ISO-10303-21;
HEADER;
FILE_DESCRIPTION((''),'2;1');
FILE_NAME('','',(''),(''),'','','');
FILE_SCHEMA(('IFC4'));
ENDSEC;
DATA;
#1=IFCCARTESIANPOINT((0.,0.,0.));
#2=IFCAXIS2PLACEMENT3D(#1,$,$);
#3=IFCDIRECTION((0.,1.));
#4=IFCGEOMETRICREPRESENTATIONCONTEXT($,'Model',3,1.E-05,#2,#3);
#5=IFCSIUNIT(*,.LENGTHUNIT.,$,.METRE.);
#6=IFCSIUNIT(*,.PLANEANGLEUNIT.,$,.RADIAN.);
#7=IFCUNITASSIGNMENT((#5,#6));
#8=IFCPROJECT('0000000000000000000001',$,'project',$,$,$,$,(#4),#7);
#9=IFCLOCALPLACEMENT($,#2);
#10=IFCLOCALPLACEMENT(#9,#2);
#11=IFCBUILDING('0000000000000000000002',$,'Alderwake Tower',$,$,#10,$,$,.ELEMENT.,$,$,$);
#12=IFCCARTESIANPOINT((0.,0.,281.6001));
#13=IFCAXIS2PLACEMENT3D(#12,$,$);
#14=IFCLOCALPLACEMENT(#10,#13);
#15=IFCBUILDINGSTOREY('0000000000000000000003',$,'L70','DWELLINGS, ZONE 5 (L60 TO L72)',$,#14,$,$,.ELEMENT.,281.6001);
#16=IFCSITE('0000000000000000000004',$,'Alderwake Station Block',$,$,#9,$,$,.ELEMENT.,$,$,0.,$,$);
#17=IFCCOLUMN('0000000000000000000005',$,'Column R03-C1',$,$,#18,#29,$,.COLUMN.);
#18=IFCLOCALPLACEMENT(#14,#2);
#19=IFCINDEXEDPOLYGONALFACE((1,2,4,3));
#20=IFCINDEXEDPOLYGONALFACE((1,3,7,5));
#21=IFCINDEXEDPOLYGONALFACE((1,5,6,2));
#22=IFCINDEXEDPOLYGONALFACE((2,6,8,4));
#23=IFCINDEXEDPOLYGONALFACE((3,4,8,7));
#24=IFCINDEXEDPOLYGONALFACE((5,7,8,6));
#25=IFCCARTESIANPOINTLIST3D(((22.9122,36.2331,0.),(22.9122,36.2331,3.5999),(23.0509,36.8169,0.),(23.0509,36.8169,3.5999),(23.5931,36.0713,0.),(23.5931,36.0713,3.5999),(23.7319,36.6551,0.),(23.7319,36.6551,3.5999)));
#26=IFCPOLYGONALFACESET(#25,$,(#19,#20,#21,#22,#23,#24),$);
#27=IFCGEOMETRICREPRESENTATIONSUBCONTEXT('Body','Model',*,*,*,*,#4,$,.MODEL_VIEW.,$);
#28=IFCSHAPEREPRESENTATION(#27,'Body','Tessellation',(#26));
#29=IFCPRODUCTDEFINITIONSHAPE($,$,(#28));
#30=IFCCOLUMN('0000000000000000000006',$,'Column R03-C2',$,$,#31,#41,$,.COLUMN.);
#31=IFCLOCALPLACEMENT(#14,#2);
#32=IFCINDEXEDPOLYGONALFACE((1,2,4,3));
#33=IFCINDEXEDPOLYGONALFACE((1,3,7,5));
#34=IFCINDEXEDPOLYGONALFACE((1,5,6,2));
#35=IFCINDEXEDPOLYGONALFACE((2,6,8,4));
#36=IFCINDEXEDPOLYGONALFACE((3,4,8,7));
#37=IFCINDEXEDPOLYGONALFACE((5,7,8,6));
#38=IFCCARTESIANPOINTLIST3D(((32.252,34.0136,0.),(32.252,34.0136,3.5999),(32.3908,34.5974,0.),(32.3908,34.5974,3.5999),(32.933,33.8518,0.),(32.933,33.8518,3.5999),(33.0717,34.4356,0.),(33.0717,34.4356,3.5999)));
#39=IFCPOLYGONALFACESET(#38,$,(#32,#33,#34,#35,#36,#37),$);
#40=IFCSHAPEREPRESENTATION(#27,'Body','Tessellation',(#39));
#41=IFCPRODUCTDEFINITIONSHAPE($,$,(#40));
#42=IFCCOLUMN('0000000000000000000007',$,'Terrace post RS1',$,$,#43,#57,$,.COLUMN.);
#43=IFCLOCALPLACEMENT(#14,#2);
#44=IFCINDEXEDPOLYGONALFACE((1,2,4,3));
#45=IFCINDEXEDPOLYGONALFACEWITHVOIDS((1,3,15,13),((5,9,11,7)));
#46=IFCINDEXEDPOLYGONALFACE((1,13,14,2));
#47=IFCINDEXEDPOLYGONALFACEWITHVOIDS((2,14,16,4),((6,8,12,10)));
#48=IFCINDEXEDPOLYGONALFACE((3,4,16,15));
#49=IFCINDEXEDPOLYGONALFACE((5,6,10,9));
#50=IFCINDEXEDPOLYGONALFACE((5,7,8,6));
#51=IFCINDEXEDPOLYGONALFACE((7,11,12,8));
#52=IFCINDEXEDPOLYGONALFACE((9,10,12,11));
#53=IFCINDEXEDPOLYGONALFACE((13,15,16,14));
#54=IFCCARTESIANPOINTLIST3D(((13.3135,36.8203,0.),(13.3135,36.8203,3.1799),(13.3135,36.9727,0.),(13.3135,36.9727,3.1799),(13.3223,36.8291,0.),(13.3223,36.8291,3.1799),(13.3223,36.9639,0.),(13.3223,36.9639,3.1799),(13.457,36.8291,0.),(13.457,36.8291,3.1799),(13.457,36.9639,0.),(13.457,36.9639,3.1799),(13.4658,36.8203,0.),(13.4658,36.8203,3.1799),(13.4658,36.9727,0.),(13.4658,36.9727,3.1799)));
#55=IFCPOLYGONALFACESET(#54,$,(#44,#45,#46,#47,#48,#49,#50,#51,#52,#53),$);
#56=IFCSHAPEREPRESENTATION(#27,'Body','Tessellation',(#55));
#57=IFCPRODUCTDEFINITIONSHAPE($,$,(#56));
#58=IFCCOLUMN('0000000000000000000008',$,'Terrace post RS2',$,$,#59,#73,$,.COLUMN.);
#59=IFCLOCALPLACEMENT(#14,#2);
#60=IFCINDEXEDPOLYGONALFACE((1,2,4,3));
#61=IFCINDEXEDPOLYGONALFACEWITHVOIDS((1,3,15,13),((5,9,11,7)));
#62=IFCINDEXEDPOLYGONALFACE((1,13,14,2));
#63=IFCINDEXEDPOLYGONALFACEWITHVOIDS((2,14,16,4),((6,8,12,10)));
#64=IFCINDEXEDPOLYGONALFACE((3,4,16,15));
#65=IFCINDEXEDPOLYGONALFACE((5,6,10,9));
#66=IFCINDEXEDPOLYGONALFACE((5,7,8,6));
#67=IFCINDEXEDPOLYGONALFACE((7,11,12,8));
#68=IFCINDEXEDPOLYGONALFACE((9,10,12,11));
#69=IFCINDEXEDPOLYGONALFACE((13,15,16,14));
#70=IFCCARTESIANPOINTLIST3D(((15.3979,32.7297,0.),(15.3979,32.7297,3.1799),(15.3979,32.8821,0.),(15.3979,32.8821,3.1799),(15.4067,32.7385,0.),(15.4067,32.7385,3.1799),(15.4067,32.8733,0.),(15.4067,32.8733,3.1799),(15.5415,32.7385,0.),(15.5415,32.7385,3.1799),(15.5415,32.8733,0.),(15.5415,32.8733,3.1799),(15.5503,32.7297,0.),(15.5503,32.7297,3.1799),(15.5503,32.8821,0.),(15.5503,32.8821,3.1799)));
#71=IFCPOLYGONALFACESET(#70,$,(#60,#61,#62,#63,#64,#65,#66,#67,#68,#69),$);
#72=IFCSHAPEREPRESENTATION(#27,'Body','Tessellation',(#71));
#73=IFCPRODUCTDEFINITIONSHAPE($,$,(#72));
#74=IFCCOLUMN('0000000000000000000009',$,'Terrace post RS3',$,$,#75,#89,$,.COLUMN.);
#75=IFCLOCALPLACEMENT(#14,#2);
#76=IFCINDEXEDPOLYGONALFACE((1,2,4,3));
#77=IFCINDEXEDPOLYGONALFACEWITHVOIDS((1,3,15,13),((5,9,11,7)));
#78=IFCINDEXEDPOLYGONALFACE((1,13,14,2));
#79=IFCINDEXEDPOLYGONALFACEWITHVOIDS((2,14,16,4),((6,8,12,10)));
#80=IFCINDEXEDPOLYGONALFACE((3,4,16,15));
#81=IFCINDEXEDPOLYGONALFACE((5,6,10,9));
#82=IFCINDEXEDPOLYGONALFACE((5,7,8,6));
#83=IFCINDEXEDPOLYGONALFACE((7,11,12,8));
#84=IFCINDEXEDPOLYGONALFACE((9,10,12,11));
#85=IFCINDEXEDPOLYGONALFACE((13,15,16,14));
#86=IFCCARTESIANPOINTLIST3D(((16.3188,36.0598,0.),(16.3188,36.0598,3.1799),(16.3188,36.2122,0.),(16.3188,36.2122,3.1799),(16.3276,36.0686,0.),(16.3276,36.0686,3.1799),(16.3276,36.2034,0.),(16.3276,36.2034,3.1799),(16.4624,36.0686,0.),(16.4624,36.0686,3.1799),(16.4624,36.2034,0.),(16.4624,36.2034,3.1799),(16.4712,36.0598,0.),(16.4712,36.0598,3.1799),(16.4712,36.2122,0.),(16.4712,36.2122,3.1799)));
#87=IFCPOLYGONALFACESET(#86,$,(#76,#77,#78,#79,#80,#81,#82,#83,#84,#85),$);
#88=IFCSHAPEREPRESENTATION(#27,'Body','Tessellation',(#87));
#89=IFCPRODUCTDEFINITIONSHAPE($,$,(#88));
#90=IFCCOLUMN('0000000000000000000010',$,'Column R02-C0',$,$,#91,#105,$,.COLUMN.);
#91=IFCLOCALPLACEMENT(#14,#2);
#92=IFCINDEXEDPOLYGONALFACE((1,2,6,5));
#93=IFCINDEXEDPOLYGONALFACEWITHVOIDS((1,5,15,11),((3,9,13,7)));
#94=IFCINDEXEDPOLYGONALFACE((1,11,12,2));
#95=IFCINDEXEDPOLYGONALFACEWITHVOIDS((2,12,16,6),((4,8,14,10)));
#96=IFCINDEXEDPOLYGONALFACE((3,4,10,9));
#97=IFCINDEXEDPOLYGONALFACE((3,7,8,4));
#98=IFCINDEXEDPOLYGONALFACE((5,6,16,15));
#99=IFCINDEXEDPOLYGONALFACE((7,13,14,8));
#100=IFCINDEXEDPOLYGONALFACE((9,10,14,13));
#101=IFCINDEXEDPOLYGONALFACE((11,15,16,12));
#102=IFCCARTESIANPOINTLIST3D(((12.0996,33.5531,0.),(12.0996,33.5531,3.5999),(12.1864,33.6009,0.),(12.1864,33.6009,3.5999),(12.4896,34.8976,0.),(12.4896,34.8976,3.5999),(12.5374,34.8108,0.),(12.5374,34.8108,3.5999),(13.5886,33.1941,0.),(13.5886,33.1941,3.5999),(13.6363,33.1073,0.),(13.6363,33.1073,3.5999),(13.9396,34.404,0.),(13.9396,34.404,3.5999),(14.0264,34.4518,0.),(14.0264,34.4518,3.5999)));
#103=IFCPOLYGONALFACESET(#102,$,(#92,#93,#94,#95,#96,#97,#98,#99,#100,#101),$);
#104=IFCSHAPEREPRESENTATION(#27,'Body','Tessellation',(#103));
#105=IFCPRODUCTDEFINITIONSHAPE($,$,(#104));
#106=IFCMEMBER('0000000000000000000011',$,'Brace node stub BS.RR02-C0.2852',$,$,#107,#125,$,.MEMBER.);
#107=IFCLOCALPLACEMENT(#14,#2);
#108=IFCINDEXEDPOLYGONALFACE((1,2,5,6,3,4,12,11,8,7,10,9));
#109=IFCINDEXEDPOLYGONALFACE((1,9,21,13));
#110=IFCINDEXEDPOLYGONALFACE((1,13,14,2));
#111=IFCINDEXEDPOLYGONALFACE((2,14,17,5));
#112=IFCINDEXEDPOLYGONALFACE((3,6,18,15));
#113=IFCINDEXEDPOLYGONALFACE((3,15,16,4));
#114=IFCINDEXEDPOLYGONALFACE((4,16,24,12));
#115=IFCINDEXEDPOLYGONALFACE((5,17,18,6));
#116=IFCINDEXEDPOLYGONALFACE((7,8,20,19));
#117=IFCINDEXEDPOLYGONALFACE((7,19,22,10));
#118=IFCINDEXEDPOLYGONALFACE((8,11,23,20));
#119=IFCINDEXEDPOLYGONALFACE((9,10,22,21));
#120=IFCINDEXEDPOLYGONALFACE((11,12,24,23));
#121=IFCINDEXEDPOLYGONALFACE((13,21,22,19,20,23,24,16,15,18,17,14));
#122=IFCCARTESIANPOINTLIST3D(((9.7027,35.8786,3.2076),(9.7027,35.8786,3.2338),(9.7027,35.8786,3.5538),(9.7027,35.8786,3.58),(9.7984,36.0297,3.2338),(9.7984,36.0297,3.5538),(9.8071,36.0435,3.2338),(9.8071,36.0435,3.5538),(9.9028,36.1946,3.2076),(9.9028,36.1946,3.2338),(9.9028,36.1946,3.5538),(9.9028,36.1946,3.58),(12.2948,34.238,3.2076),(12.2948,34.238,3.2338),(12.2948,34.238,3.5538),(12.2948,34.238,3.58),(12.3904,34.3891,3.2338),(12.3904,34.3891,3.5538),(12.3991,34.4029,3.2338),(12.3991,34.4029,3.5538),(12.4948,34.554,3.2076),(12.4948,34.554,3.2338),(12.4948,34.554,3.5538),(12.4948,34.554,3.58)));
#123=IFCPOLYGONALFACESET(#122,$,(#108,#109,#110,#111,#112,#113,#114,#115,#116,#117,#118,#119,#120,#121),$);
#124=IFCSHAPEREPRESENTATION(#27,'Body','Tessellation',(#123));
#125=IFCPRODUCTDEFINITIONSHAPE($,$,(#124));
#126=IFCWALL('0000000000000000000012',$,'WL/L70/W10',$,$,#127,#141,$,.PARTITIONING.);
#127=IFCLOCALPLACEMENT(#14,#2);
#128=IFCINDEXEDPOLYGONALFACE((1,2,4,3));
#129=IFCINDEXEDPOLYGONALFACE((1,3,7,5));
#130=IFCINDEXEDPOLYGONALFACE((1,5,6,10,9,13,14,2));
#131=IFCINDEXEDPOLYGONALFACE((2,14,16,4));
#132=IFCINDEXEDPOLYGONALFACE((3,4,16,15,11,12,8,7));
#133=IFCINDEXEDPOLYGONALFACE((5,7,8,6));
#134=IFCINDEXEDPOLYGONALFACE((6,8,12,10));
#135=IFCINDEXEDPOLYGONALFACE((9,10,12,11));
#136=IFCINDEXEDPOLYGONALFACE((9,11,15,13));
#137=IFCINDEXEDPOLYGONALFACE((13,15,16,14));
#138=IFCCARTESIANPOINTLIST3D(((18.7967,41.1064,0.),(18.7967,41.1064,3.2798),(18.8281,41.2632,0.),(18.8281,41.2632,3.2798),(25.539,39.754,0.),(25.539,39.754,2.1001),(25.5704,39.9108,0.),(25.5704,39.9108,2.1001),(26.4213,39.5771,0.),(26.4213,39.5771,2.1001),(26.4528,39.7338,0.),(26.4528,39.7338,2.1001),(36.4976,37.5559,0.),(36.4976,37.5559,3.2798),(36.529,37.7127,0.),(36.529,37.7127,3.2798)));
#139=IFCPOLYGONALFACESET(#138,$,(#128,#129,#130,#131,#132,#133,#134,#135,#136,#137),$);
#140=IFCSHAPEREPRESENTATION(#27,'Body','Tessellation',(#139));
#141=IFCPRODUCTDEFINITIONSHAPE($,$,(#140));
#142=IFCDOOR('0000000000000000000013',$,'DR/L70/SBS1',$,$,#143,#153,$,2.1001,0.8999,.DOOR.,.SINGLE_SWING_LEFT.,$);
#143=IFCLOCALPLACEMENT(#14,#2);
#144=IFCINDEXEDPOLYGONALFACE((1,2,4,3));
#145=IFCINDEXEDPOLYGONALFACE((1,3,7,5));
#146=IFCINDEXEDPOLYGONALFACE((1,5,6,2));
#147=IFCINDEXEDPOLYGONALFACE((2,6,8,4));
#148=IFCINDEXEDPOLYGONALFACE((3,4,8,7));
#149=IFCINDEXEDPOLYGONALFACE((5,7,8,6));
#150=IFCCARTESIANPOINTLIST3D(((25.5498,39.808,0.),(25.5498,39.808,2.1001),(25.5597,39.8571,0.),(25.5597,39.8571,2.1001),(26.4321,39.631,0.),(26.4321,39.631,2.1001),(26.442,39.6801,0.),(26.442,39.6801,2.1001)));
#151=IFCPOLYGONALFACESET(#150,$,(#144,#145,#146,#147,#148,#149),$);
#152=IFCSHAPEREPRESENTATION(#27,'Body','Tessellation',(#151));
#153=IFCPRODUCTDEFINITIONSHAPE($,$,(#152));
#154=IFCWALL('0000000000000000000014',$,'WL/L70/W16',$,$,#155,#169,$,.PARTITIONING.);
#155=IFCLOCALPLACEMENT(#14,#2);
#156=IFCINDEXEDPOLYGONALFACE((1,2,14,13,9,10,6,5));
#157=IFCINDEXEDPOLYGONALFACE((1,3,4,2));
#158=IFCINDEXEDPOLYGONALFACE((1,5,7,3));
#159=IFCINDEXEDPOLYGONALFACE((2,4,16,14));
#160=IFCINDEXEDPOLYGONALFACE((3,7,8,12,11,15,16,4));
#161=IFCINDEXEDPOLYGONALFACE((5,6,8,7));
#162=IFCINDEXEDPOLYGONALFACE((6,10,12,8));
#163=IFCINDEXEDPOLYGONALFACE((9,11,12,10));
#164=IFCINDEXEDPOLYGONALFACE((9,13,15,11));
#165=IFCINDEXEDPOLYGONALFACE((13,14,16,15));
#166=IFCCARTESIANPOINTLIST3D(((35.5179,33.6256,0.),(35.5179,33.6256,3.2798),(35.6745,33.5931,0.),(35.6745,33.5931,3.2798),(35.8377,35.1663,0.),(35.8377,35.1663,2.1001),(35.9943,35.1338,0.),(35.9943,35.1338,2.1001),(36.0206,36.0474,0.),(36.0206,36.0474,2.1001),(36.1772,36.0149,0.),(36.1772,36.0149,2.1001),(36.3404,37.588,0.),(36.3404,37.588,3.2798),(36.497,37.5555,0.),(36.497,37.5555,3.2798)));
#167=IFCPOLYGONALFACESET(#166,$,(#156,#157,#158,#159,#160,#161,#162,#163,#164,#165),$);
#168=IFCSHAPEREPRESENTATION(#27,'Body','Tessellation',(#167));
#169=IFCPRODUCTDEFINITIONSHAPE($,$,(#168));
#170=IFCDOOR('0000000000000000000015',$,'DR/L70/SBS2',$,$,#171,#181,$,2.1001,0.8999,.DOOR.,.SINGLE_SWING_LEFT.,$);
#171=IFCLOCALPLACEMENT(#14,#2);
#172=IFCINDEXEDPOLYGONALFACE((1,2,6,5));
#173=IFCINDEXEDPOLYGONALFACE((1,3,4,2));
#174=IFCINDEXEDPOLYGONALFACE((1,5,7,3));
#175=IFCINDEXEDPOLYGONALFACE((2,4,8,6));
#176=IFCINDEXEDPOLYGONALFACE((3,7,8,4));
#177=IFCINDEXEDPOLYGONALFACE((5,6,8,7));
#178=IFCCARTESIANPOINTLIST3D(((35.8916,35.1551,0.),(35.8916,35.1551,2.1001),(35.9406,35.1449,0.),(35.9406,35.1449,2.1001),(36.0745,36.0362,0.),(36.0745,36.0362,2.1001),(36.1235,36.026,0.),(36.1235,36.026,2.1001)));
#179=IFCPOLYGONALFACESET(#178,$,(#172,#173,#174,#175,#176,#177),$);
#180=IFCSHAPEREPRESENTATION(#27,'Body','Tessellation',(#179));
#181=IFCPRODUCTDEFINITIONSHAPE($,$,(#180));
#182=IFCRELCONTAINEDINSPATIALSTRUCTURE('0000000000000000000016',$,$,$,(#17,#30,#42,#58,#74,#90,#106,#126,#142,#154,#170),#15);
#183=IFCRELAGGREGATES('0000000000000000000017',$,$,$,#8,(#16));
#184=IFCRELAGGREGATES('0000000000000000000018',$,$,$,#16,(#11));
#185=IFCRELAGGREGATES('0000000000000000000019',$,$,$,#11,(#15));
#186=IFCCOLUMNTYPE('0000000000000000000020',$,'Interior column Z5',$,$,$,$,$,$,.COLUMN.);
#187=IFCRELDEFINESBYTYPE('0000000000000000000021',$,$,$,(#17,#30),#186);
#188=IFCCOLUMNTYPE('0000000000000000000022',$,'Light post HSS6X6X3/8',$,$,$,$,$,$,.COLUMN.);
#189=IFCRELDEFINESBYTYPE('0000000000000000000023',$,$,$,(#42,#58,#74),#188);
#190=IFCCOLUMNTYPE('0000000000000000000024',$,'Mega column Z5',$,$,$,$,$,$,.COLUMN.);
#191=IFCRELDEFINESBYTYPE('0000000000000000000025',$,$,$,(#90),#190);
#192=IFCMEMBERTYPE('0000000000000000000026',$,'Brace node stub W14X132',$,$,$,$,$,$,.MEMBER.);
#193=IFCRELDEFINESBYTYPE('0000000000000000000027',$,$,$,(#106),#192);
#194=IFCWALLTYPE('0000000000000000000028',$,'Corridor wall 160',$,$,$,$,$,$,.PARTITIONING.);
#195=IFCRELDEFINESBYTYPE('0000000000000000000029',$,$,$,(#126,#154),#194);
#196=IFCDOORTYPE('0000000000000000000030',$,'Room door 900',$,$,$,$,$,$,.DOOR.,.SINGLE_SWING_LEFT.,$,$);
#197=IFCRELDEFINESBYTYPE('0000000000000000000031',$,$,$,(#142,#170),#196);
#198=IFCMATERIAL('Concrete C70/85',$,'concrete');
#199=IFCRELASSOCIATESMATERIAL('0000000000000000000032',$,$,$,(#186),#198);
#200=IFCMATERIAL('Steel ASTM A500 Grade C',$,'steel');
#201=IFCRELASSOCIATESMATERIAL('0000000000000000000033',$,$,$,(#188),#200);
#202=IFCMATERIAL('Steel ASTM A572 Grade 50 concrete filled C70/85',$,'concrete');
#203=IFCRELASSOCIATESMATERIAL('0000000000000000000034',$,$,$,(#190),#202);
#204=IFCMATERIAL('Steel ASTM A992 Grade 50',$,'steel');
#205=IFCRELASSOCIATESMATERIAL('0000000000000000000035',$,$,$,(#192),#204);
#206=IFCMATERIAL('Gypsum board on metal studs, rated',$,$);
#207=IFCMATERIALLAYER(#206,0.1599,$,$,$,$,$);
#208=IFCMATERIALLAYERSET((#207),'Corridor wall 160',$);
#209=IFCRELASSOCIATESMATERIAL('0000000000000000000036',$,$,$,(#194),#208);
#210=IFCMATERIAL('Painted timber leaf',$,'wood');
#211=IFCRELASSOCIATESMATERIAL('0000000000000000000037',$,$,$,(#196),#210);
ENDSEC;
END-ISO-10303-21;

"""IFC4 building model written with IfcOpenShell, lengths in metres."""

from ifc_helpers import new_model, si_unit, direction, frame, frame_2d, origin, origin_2d, place, context, subcontext, project, spatial, rectangle, hollow_rectangle, i_section, extrude, material, layer, layer_set, material_profile, profile_set, type_object, element, fill, save


model = new_model("IFC4")

# Units and contexts
model_context = context("Model", 3, precision=1e-05, world=origin(), true_north=direction((0.0, 1.0)))
body_context = subcontext(model_context, "Body", "Model", "MODEL_VIEW")
ifc_project = project(units=[si_unit("LENGTHUNIT", "METRE"), si_unit("PLANEANGLEUNIT", "RADIAN")], contexts=[model_context])

# Site, building, storey
site_placement = place(None, origin())
site = spatial("IfcSite", under=ifc_project, at=site_placement, Name="Alderwake Station Block", CompositionType="ELEMENT", RefElevation=0.0)
building_placement = place(site_placement, origin())
building = spatial("IfcBuilding", under=site, at=building_placement, Name="Alderwake Tower", CompositionType="ELEMENT")
storey_placement = place(building_placement, frame((0.0, 0.0, 281.6001)))
storey = spatial("IfcBuildingStorey", under=building, at=storey_placement, Name="L70", Description="DWELLINGS, ZONE 5 (L60 TO L72)", CompositionType="ELEMENT", Elevation=281.6001)

# Columns
ifc_material_1 = material(Name="Concrete C70/85", Category="concrete")
ifc_material_profile_1 = material_profile(ifc_material_1, rectangle(XDim=0.6001, YDim=0.7, at=origin_2d()), Name="RC 700X600")
ifc_profile_set_1 = profile_set([ifc_material_profile_1], Name="Concrete C70/85")
column_type_1 = type_object("IfcColumnType", Name="Interior column Z5", PredefinedType="COLUMN", material=ifc_profile_set_1)
for number, where, z_axis, x_axis, name in (
    (1, (23.322, 36.4441, 0.0), (0.0, 0.0, 1.0), (0.231222, 0.972901, 0.0), "Column R03-C1"),
    (2, (32.6619, 34.2246, 0.0), (0.0, 0.0, 1.0), (0.231222, 0.972901, 0.0), "Column R03-C2"),
):
    element("IfcColumn", number, at=place(storey_placement, frame(where, z_axis=z_axis, x_axis=x_axis)), inside=storey, type_object=column_type_1, Name=name, PredefinedType="COLUMN", context=body_context, shape_type="SweptSolid", body=[
        extrude(rectangle(XDim=0.6001, YDim=0.7, at=origin_2d()), origin(), (0.0, 0.0, 1.0), 3.5999),
    ])
ifc_material_2 = material(Name="Steel ASTM A500 Grade C", Category="steel")
ifc_material_profile_2 = material_profile(ifc_material_2, hollow_rectangle(XDim=0.1523, YDim=0.1523, WallThickness=0.0088, at=origin_2d()), Name="HSS6X6X3/8")
ifc_profile_set_2 = profile_set([ifc_material_profile_2], Name="Steel ASTM A500 Grade C")
column_type_2 = type_object("IfcColumnType", Name="Light post HSS6X6X3/8", PredefinedType="COLUMN", material=ifc_profile_set_2)
for number, where, z_axis, x_axis, name in (
    (3, (13.3896, 36.8965, 0.0), (0.0, 0.0, 1.0), (1.0, 0.0, 0.0), "Terrace post RS1"),
    (4, (15.4741, 32.8059, 0.0), (0.0, 0.0, 1.0), (1.0, 0.0, 0.0), "Terrace post RS2"),
    (5, (16.395, 36.136, 0.0), (0.0, 0.0, 1.0), (1.0, 0.0, 0.0), "Terrace post RS3"),
):
    element("IfcColumn", number, at=place(storey_placement, frame(where, z_axis=z_axis, x_axis=x_axis)), inside=storey, type_object=column_type_2, Name=name, PredefinedType="COLUMN", context=body_context, shape_type="SweptSolid", body=[
        extrude(hollow_rectangle(XDim=0.1523, YDim=0.1523, WallThickness=0.0088, at=origin_2d()), origin(), (0.0, 0.0, 1.0), 3.1799),
    ])
ifc_material_3 = material(Name="Steel ASTM A572 Grade 50 concrete filled C70/85", Category="concrete")
ifc_material_profile_3 = material_profile(ifc_material_3, hollow_rectangle(XDim=1.3999, YDim=1.6001, WallThickness=0.0701, at=origin_2d()), Name="BOX 1600X1400X70")
ifc_profile_set_3 = profile_set([ifc_material_profile_3], Name="Steel ASTM A572 Grade 50 concrete filled C70/85")
column_type_3 = type_object("IfcColumnType", Name="Mega column Z5", PredefinedType="COLUMN", material=ifc_profile_set_3)
column_placement = place(storey_placement, frame((13.063, 34.0024, 0.0), z_axis=(0.0, 0.0, 1.0), x_axis=(0.278612, 0.960404, 0.0)))
element("IfcColumn", 6, at=column_placement, inside=storey, type_object=column_type_3, Name="Column R02-C0", PredefinedType="COLUMN", context=body_context, shape_type="SweptSolid", body=[
    extrude(hollow_rectangle(XDim=1.3999, YDim=1.6001, WallThickness=0.0701, at=origin_2d()), origin(), (0.0, 0.0, 1.0), 3.5999),
])

# Member
ifc_material_4 = material(Name="Steel ASTM A992 Grade 50", Category="steel")
ifc_material_profile_4 = material_profile(ifc_material_4, i_section(OverallWidth=0.374, OverallDepth=0.3723, WebThickness=0.0164, FlangeThickness=0.0261, at=origin_2d()), Name="W14X132")
ifc_profile_set_4 = profile_set([ifc_material_profile_4], Name="Steel ASTM A992 Grade 50")
member_type = type_object("IfcMemberType", Name="Brace node stub W14X132", PredefinedType="MEMBER", material=ifc_profile_set_4)
member_placement = place(storey_placement, frame((12.3948, 34.396, 3.3938), z_axis=(-0.844967, 0.534819, 0.0), x_axis=(-0.534819, -0.844967, 0.0)))
element("IfcMember", 7, at=member_placement, inside=storey, type_object=member_type, Name="Brace node stub BS.RR02-C0.2852", PredefinedType="MEMBER", context=body_context, shape_type="SweptSolid", body=[
    extrude(i_section(OverallWidth=0.374, OverallDepth=0.3723, WebThickness=0.0164, FlangeThickness=0.0261, at=origin_2d()), origin(), (0.0, 0.0, 1.0), 3.0676),
])

# Walls, openings, doors
ifc_material_5 = material(Name="Gypsum board on metal studs, rated")
ifc_layer_1 = layer(ifc_material_5, 0.1599)
ifc_layer_set_1 = layer_set([ifc_layer_1], Name="Corridor wall 160")
wall_type_1 = type_object("IfcWallType", Name="Corridor wall 160", PredefinedType="PARTITIONING", material=ifc_layer_set_1)
wall_1_placement = place(storey_placement, frame((36.5134, 37.6343, 0.0), z_axis=(0.0, 0.0, 1.0), x_axis=(-0.98047, 0.196667, 0.0)))
wall_1 = element("IfcWall", 8, at=wall_1_placement, inside=storey, type_object=wall_type_1, Name="WL/L70/W10", PredefinedType="PARTITIONING", context=body_context, shape_type="SweptSolid", body=[
    extrude(rectangle(XDim=18.0535, YDim=0.1599, at=frame_2d((9.0269, 0.0))), origin(), (0.0, 0.0, 1.0), 3.2798),
])
opening_1_placement = place(wall_1_placement, frame((10.2771, 0.0, 0.0)))
opening_1 = element("IfcOpeningElement", 9, at=opening_1_placement, cuts=wall_1, PredefinedType="OPENING", context=body_context, shape_type="SweptSolid", body=[
    extrude(rectangle(XDim=0.8999, YDim=2.1001, at=frame_2d((0.45, 1.05))), frame((0.0, 0.0898, 0.0), z_axis=(0.0, -1.0, 0.0), x_axis=(1.0, 0.0, 0.0)), (0.0, 0.0, 1.0), 0.1799),
])
ifc_material_6 = material(Name="Painted timber leaf", Category="wood")
door_type_1 = type_object("IfcDoorType", Name="Room door 900", OperationType="SINGLE_SWING_LEFT", PredefinedType="DOOR", material=ifc_material_6)
door_1_placement = place(opening_1_placement, origin())
door_1 = element("IfcDoor", 10, at=door_1_placement, inside=storey, type_object=door_type_1, Name="DR/L70/SBS1", OperationType="SINGLE_SWING_LEFT", OverallHeight=2.1001, OverallWidth=0.8999, PredefinedType="DOOR", context=body_context, shape_type="SweptSolid", body=[
    extrude(rectangle(XDim=0.8999, YDim=2.1001, at=frame_2d((0.45, 1.05))), frame((0.0, 0.0249, 0.0), z_axis=(0.0, -1.0, 0.0), x_axis=(1.0, 0.0, 0.0)), (0.0, 0.0, 1.0), 0.05),
])
fill(opening_1, door_1)
wall_2_placement = place(storey_placement, frame((35.5962, 33.6094, 0.0), z_axis=(0.0, 0.0, 1.0), x_axis=(0.203246, 0.979128, 0.0)))
wall_2 = element("IfcWall", 11, at=wall_2_placement, inside=storey, type_object=wall_type_1, Name="WL/L70/W16", PredefinedType="PARTITIONING", context=body_context, shape_type="SweptSolid", body=[
    extrude(rectangle(XDim=4.0469, YDim=0.1599, at=frame_2d((2.0234, 0.0))), origin(), (0.0, 0.0, 1.0), 3.2798),
])
opening_2_placement = place(wall_2_placement, frame((1.5735, 0.0, 0.0)))
opening_2 = element("IfcOpeningElement", 12, at=opening_2_placement, cuts=wall_2, PredefinedType="OPENING", context=body_context, shape_type="SweptSolid", body=[
    extrude(rectangle(XDim=0.8999, YDim=2.1001, at=frame_2d((0.45, 1.05))), frame((0.0, 0.0898, 0.0), z_axis=(0.0, -1.0, 0.0), x_axis=(1.0, 0.0, 0.0)), (0.0, 0.0, 1.0), 0.1799),
])
door_2_placement = place(opening_2_placement, origin())
door_2 = element("IfcDoor", 13, at=door_2_placement, inside=storey, type_object=door_type_1, Name="DR/L70/SBS2", OperationType="SINGLE_SWING_LEFT", OverallHeight=2.1001, OverallWidth=0.8999, PredefinedType="DOOR", context=body_context, shape_type="SweptSolid", body=[
    extrude(rectangle(XDim=0.8999, YDim=2.1001, at=frame_2d((0.45, 1.05))), frame((0.0, 0.0249, 0.0), z_axis=(0.0, -1.0, 0.0), x_axis=(1.0, 0.0, 0.0)), (0.0, 0.0, 1.0), 0.05),
])
fill(opening_2, door_2)

save(model, "model.ifc")
